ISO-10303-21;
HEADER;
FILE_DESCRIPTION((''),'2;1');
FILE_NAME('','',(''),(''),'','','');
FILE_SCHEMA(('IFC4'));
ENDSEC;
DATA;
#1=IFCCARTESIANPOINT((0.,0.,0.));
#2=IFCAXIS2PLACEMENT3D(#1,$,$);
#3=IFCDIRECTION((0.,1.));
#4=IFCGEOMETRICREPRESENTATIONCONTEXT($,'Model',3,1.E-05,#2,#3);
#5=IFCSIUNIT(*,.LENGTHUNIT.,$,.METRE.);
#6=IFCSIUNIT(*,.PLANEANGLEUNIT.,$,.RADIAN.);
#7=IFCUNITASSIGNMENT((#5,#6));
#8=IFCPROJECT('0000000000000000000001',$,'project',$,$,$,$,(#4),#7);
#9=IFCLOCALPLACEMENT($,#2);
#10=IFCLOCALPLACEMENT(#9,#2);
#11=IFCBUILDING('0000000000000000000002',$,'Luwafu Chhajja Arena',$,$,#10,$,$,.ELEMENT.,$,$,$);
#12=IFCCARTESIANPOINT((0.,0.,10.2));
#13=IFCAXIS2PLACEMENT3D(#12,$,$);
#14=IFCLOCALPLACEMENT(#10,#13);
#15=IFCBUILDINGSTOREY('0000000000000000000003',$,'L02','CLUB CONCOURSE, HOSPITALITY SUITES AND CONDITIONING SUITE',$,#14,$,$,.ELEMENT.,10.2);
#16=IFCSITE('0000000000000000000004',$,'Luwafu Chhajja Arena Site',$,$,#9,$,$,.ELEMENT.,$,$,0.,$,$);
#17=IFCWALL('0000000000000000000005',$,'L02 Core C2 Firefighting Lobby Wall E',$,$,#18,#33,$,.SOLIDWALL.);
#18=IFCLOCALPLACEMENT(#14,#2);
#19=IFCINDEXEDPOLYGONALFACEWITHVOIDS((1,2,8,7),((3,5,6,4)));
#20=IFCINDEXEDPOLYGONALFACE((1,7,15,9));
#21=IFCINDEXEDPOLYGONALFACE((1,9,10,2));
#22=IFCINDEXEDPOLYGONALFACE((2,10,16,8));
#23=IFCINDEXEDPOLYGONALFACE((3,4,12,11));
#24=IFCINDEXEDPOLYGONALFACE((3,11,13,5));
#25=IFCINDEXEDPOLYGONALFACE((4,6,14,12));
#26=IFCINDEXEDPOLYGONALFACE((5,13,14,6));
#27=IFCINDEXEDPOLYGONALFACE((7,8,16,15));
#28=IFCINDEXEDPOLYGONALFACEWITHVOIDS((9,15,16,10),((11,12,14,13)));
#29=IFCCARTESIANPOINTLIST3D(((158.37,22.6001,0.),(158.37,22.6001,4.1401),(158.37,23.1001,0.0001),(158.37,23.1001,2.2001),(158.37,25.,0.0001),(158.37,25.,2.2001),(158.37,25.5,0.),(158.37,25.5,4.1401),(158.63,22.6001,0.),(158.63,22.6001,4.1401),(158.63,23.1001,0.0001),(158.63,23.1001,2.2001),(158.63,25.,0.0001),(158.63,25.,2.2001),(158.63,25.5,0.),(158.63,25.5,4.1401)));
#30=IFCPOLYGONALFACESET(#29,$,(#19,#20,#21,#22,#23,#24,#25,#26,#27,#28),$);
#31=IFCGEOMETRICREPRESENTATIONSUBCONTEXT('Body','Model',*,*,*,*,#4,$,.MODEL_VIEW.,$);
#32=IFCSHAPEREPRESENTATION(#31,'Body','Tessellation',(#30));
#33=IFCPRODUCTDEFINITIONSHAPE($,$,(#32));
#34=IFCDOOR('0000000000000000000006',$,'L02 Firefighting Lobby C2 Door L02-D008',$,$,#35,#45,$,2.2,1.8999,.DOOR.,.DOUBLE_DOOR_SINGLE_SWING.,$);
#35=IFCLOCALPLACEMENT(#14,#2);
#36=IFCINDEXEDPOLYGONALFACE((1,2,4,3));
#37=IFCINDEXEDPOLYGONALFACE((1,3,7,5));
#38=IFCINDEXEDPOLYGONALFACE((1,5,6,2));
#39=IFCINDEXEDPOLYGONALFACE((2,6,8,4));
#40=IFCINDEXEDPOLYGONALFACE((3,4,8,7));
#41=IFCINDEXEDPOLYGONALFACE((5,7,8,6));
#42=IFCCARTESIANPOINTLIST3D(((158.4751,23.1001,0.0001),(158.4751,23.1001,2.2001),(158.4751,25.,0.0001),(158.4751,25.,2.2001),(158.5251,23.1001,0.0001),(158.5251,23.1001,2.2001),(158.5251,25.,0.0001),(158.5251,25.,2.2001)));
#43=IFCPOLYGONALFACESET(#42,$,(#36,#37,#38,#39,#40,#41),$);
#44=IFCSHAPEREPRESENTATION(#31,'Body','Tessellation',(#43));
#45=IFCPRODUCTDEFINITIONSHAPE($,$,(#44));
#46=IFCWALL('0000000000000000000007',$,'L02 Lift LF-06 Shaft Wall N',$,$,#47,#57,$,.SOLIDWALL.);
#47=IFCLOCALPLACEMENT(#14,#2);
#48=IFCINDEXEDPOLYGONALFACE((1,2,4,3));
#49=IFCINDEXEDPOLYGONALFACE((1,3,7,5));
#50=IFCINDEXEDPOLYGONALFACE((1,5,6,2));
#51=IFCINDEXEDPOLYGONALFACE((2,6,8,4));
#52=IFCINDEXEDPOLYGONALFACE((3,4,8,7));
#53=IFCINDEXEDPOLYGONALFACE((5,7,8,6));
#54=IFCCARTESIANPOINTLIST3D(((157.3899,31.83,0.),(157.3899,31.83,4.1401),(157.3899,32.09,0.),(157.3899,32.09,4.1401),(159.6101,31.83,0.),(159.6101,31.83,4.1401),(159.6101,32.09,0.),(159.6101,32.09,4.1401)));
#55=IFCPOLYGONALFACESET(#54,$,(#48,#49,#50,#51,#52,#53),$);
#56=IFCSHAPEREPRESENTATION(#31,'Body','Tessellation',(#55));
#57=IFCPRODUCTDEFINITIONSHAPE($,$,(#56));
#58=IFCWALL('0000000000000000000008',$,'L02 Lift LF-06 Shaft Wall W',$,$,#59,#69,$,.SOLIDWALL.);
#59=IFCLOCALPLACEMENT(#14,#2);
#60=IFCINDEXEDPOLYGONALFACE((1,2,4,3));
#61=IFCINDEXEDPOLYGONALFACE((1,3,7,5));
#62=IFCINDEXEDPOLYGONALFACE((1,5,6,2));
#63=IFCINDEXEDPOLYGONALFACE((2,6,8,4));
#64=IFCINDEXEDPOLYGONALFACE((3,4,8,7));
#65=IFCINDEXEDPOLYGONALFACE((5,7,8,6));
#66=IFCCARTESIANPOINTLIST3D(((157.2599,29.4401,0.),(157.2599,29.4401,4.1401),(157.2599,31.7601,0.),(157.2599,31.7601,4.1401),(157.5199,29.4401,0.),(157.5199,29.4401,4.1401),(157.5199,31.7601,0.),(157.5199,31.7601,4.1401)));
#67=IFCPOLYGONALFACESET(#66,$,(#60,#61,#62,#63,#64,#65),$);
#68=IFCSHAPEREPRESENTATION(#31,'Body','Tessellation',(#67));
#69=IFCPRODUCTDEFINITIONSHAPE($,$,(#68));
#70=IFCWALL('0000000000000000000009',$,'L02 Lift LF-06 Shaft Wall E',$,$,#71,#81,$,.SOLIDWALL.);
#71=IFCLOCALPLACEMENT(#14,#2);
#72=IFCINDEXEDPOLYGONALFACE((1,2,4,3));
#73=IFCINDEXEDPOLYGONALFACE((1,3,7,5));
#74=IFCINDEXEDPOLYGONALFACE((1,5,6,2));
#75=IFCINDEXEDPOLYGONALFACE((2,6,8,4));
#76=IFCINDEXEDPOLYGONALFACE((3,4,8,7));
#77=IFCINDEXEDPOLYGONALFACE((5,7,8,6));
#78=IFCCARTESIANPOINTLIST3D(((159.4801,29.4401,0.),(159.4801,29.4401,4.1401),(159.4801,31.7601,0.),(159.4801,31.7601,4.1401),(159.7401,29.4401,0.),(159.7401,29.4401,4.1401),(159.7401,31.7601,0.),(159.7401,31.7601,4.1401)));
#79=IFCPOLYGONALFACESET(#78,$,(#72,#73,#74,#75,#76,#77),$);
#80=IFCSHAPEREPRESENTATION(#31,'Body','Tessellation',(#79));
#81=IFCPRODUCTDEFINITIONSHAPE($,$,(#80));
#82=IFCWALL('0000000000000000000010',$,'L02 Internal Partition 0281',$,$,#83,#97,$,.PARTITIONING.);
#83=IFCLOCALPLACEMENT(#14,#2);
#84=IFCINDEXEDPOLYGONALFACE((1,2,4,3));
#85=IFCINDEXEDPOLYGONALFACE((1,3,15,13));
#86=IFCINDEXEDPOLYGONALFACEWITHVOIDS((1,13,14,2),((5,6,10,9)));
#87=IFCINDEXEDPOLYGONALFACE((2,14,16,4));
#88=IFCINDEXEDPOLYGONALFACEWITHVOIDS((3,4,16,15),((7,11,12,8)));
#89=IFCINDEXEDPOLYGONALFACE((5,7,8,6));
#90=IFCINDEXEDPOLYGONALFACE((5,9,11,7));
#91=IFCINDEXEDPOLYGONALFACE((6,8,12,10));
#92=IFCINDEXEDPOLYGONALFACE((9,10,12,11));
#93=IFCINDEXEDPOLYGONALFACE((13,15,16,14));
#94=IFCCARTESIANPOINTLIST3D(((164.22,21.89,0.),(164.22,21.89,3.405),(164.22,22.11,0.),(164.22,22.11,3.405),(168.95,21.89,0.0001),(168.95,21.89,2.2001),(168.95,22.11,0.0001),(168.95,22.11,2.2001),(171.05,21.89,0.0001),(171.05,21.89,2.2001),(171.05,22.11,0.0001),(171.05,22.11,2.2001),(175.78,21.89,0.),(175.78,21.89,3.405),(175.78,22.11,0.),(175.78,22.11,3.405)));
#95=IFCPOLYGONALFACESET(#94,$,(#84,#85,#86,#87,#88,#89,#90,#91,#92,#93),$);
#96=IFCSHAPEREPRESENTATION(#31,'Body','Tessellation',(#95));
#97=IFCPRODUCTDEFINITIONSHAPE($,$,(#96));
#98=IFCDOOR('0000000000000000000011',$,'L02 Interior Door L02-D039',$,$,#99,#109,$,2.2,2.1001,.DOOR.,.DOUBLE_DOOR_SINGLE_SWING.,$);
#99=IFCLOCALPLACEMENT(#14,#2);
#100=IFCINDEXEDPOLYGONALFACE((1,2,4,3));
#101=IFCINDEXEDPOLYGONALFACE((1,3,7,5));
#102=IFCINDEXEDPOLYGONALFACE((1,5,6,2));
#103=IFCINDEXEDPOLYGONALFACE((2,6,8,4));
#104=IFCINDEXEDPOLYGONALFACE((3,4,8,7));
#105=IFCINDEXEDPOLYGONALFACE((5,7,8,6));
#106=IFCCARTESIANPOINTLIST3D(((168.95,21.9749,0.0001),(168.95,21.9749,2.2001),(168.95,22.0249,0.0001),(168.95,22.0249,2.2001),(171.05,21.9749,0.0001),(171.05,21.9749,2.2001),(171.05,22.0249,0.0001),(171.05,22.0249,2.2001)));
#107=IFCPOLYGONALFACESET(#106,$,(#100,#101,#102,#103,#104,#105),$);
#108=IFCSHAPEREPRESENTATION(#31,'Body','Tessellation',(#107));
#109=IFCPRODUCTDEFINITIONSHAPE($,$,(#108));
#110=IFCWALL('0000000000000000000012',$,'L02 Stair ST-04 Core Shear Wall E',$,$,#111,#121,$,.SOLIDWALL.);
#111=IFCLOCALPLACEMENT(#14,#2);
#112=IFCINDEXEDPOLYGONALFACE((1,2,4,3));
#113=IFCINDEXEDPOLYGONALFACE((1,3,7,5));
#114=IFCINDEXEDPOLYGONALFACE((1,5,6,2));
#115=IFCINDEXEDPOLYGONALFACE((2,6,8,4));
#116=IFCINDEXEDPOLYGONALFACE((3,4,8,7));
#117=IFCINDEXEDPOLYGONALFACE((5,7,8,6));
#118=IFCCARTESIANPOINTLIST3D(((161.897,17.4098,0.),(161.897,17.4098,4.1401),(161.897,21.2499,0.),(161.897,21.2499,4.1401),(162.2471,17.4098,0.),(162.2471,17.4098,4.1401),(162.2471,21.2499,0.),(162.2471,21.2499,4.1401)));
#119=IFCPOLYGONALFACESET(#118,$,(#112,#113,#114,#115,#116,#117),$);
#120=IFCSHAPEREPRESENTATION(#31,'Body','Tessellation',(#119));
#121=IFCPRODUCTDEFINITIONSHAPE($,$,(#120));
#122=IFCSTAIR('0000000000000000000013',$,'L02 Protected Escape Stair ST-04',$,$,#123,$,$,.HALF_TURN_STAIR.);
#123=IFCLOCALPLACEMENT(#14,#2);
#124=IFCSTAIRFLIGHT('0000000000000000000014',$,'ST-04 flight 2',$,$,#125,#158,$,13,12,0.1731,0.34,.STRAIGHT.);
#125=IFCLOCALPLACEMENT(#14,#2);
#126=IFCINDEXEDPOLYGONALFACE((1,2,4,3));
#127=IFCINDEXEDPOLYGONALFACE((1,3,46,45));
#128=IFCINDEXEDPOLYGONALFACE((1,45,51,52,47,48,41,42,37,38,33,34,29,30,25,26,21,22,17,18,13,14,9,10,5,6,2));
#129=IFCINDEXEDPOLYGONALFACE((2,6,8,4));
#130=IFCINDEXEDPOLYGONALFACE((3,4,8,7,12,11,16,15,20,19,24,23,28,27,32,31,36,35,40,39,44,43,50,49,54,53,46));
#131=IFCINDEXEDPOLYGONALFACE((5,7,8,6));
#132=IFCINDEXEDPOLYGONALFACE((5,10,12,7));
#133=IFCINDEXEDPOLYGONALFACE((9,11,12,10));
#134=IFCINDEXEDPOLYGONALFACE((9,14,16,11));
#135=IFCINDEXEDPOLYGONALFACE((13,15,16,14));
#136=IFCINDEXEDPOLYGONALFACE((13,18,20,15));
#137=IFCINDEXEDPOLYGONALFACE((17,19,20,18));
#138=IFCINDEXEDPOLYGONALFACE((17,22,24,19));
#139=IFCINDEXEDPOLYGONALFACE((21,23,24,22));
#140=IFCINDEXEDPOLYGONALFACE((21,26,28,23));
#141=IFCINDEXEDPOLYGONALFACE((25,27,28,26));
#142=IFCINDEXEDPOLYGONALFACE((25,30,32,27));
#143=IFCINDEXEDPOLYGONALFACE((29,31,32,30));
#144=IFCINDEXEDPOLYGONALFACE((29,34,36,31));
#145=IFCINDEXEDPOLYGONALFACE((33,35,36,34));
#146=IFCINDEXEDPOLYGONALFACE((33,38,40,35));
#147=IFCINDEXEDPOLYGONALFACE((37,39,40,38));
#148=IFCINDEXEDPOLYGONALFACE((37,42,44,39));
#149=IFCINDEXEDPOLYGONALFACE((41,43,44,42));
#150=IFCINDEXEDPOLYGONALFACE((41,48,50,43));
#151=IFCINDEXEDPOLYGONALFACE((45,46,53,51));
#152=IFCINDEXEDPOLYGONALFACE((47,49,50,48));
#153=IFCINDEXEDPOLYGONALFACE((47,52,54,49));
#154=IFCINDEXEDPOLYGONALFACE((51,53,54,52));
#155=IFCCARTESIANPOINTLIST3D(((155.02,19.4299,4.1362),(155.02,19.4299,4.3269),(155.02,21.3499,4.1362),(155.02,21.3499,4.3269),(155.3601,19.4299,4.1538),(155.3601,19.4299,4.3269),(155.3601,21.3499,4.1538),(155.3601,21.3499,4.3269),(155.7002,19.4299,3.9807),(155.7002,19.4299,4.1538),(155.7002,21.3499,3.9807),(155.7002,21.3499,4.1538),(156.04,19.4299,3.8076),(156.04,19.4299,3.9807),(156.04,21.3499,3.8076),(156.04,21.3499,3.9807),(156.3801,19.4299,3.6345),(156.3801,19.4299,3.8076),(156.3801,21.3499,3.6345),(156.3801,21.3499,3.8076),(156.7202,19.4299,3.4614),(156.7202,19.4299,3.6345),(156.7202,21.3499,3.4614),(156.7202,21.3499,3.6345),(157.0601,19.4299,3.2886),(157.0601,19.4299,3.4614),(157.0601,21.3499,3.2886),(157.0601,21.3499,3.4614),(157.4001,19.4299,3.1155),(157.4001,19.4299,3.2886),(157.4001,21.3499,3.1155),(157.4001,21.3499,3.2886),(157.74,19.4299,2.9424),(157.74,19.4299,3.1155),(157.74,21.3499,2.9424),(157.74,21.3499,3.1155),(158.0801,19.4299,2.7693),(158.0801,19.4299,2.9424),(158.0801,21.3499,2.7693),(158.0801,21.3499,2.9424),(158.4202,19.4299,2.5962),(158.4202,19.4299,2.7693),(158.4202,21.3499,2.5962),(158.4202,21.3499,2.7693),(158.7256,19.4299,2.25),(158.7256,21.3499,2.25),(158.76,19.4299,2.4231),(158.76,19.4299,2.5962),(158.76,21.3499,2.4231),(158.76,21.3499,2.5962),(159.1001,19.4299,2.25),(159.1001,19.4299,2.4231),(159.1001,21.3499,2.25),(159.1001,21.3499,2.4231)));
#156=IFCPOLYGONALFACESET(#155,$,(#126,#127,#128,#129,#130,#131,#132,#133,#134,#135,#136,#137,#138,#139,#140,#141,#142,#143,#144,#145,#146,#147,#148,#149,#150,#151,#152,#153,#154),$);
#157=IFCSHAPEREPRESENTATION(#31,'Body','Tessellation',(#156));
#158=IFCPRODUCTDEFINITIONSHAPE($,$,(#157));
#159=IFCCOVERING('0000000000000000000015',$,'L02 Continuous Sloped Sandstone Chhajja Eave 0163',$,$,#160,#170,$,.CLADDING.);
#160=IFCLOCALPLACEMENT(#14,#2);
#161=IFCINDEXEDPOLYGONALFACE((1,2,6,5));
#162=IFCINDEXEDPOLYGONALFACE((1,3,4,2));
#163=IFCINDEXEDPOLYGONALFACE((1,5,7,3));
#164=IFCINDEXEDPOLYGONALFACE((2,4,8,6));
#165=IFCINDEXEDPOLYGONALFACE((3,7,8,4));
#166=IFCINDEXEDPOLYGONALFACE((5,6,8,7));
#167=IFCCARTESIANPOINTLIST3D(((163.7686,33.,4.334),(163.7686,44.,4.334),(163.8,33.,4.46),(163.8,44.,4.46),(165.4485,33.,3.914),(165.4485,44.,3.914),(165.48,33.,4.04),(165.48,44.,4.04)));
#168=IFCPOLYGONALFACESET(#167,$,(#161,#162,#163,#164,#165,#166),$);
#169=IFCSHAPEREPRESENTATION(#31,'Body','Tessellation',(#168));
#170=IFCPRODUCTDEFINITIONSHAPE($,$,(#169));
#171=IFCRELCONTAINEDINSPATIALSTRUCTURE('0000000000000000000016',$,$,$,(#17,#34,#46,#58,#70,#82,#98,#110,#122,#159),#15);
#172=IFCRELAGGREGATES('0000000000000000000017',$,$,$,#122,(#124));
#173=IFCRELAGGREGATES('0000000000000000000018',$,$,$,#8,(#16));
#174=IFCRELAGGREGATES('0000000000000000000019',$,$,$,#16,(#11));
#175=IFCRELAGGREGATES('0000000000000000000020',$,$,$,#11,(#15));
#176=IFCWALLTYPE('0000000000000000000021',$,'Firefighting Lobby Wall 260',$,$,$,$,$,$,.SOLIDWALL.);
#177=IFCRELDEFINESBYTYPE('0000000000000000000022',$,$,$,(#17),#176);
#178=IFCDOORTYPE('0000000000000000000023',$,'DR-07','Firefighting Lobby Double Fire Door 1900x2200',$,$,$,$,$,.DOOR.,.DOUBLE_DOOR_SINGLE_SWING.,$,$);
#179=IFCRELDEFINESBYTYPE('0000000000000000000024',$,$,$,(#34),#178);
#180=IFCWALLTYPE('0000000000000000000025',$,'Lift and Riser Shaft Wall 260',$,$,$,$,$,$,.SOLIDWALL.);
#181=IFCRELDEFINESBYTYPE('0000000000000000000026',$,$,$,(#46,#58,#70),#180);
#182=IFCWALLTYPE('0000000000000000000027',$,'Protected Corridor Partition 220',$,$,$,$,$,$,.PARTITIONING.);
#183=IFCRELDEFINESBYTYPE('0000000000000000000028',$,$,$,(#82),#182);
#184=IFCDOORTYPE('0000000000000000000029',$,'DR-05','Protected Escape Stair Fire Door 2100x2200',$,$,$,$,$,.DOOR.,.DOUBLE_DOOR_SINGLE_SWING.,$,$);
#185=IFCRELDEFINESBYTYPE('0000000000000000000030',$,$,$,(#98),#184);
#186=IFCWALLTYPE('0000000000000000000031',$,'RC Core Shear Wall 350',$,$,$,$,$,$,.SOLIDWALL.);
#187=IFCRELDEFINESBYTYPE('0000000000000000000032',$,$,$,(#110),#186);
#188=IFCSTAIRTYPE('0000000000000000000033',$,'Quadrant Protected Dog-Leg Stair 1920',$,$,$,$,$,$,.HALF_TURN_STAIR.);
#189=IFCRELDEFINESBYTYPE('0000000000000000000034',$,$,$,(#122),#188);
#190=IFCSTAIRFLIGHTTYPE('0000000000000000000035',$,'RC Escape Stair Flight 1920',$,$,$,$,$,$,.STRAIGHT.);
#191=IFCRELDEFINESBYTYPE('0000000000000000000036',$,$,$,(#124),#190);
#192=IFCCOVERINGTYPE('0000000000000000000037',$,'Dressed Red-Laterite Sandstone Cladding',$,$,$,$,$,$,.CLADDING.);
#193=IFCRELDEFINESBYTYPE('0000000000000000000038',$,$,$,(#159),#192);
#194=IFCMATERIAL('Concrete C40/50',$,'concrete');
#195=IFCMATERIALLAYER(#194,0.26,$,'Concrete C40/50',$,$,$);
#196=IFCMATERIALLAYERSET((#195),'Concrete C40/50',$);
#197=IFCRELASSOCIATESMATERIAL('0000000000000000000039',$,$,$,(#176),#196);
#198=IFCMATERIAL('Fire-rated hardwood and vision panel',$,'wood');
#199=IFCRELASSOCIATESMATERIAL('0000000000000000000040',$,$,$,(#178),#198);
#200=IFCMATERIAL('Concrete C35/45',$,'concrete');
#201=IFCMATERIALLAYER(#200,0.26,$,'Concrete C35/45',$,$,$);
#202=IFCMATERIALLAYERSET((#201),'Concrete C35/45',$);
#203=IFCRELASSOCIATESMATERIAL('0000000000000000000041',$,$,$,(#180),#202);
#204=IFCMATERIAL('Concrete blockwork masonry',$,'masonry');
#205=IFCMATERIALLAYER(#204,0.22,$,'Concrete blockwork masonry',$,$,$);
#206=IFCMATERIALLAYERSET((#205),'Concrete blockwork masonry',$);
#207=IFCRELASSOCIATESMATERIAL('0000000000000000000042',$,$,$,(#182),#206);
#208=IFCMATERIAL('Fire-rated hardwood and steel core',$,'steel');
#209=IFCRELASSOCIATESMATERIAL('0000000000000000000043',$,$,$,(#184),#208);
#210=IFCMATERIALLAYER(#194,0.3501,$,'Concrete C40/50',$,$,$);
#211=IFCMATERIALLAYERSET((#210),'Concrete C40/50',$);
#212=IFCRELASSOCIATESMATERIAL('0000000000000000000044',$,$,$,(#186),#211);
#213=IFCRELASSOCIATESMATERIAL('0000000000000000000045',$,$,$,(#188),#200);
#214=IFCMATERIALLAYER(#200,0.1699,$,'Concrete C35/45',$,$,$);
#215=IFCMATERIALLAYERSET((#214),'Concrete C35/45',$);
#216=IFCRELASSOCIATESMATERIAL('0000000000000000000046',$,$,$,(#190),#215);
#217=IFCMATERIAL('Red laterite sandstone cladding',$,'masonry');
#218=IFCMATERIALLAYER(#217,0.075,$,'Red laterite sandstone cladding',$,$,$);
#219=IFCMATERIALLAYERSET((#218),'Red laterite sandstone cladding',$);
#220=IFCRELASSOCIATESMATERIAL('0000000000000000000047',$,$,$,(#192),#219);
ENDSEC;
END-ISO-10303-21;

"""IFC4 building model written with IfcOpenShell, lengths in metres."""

from ifc_helpers import new_model, si_unit, direction, frame, frame_2d, origin, place, context, subcontext, project, spatial, polyline, rectangle, outline, extrude, material, layer, layer_set, type_object, element, fill, aggregate, save


model = new_model("IFC4")

# Units and contexts
model_context = context("Model", 3, precision=1e-05, world=origin(), true_north=direction((0.0, 1.0)))
body_context = subcontext(model_context, "Body", "Model", "MODEL_VIEW")
ifc_project = project(units=[si_unit("LENGTHUNIT", "METRE"), si_unit("PLANEANGLEUNIT", "RADIAN")], contexts=[model_context])

# Site, building, storey
site_placement = place(None, origin())
site = spatial("IfcSite", under=ifc_project, at=site_placement, Name="Luwafu Chhajja Arena Site", CompositionType="ELEMENT", RefElevation=0.0)
building_placement = place(site_placement, origin())
building = spatial("IfcBuilding", under=site, at=building_placement, Name="Luwafu Chhajja Arena", CompositionType="ELEMENT")
storey_placement = place(building_placement, frame((0.0, 0.0, 10.2)))
storey = spatial("IfcBuildingStorey", under=building, at=storey_placement, Name="L02", Description="CLUB CONCOURSE, HOSPITALITY SUITES AND CONDITIONING SUITE", CompositionType="ELEMENT", Elevation=10.2)

# Shared definitions
ifc_material_1 = material(Name="Concrete C35/45", Category="concrete")
ifc_material_2 = material(Name="Concrete C40/50", Category="concrete")

# Wall, opening, door
ifc_layer_1 = layer(ifc_material_2, 0.26, Name="Concrete C40/50")
ifc_layer_set_1 = layer_set([ifc_layer_1], Name="Concrete C40/50")
wall_type_1 = type_object("IfcWallType", Name="Firefighting Lobby Wall 260", PredefinedType="SOLIDWALL", material=ifc_layer_set_1)
wall_1_placement = place(storey_placement, frame((158.5, 22.6001, 0.0), z_axis=(0.0, 0.0, 1.0), x_axis=(0.0, 1.0, 0.0)))
wall_1 = element("IfcWall", 1, at=wall_1_placement, inside=storey, type_object=wall_type_1, Name="L02 Core C2 Firefighting Lobby Wall E", PredefinedType="SOLIDWALL", context=body_context, shape_type="SweptSolid", body=[
    extrude(rectangle(XDim=2.8999, YDim=0.26, at=frame_2d((1.45, 0.0))), origin(), (0.0, 0.0, 1.0), 4.1401),
])
opening_1_placement = place(wall_1_placement, frame((0.5, 0.0, 0.0)))
opening_1 = element("IfcOpeningElement", 2, at=opening_1_placement, cuts=wall_1, PredefinedType="OPENING", context=body_context, shape_type="SweptSolid", body=[
    extrude(rectangle(XDim=1.8999, YDim=2.2, at=frame_2d((0.95, 1.1001))), frame((0.0, 0.1399, 0.0), z_axis=(0.0, -1.0, 0.0), x_axis=(1.0, 0.0, 0.0)), (0.0, 0.0, 1.0), 0.28),
])
ifc_material_3 = material(Name="Fire-rated hardwood and vision panel", Category="wood")
door_type_1 = type_object("IfcDoorType", Name="DR-07", Description="Firefighting Lobby Double Fire Door 1900x2200", OperationType="DOUBLE_DOOR_SINGLE_SWING", PredefinedType="DOOR", material=ifc_material_3)
door_1_placement = place(opening_1_placement, origin())
door_1 = element("IfcDoor", 3, at=door_1_placement, inside=storey, type_object=door_type_1, Name="L02 Firefighting Lobby C2 Door L02-D008", OperationType="DOUBLE_DOOR_SINGLE_SWING", OverallHeight=2.2, OverallWidth=1.8999, PredefinedType="DOOR", context=body_context, shape_type="SweptSolid", body=[
    extrude(rectangle(XDim=1.8999, YDim=2.2, at=frame_2d((0.95, 1.1001))), frame((0.0, 0.0249, 0.0), z_axis=(0.0, -1.0, 0.0), x_axis=(1.0, 0.0, 0.0)), (0.0, 0.0, 1.0), 0.05),
])
fill(opening_1, door_1)

# Walls
ifc_layer_2 = layer(ifc_material_1, 0.26, Name="Concrete C35/45")
ifc_layer_set_2 = layer_set([ifc_layer_2], Name="Concrete C35/45")
wall_type_2 = type_object("IfcWallType", Name="Lift and Riser Shaft Wall 260", PredefinedType="SOLIDWALL", material=ifc_layer_set_2)
wall_2_placement = place(storey_placement, frame((157.3899, 31.96, 0.0), z_axis=(0.0, 0.0, 1.0), x_axis=(1.0, 0.0, 0.0)))
element("IfcWall", 4, at=wall_2_placement, inside=storey, type_object=wall_type_2, Name="L02 Lift LF-06 Shaft Wall N", PredefinedType="SOLIDWALL", context=body_context, shape_type="SweptSolid", body=[
    extrude(rectangle(XDim=2.2202, YDim=0.26, at=frame_2d((1.1101, 0.0))), origin(), (0.0, 0.0, 1.0), 4.1401),
])
for number, where, z_axis, x_axis, name in (
    (5, (157.3899, 29.4399, 0.0), (0.0, 0.0, 1.0), (0.0, 1.0, 0.0), "L02 Lift LF-06 Shaft Wall W"),
    (6, (159.6101, 29.4399, 0.0), (0.0, 0.0, 1.0), (0.0, 1.0, 0.0), "L02 Lift LF-06 Shaft Wall E"),
):
    element("IfcWall", number, at=place(storey_placement, frame(where, z_axis=z_axis, x_axis=x_axis)), inside=storey, type_object=wall_type_2, Name=name, PredefinedType="SOLIDWALL", context=body_context, shape_type="SweptSolid", body=[
        extrude(rectangle(XDim=2.3201, YDim=0.26, at=frame_2d((1.1602, 0.0))), origin(), (0.0, 0.0, 1.0), 4.1401),
    ])

# Wall, opening, door
ifc_material_4 = material(Name="Concrete blockwork masonry", Category="masonry")
ifc_layer_3 = layer(ifc_material_4, 0.22, Name="Concrete blockwork masonry")
ifc_layer_set_3 = layer_set([ifc_layer_3], Name="Concrete blockwork masonry")
wall_type_3 = type_object("IfcWallType", Name="Protected Corridor Partition 220", PredefinedType="PARTITIONING", material=ifc_layer_set_3)
wall_3_placement = place(storey_placement, frame((164.22, 22.0, 0.0), z_axis=(0.0, 0.0, 1.0), x_axis=(1.0, 0.0, 0.0)))
wall_3 = element("IfcWall", 7, at=wall_3_placement, inside=storey, type_object=wall_type_3, Name="L02 Internal Partition 0281", PredefinedType="PARTITIONING", context=body_context, shape_type="SweptSolid", body=[
    extrude(rectangle(XDim=11.5601, YDim=0.22, at=frame_2d((5.78, 0.0))), origin(), (0.0, 0.0, 1.0), 3.405),
])
opening_2_placement = place(wall_3_placement, frame((4.73, 0.0, 0.0)))
opening_2 = element("IfcOpeningElement", 8, at=opening_2_placement, cuts=wall_3, PredefinedType="OPENING", context=body_context, shape_type="SweptSolid", body=[
    extrude(rectangle(XDim=2.1001, YDim=2.2, at=frame_2d((1.05, 1.1001))), frame((0.0, 0.1199, 0.0), z_axis=(0.0, -1.0, 0.0), x_axis=(1.0, 0.0, 0.0)), (0.0, 0.0, 1.0), 0.24),
])
ifc_material_5 = material(Name="Fire-rated hardwood and steel core", Category="steel")
door_type_2 = type_object("IfcDoorType", Name="DR-05", Description="Protected Escape Stair Fire Door 2100x2200", OperationType="DOUBLE_DOOR_SINGLE_SWING", PredefinedType="DOOR", material=ifc_material_5)
door_2_placement = place(opening_2_placement, origin())
door_2 = element("IfcDoor", 9, at=door_2_placement, inside=storey, type_object=door_type_2, Name="L02 Interior Door L02-D039", OperationType="DOUBLE_DOOR_SINGLE_SWING", OverallHeight=2.2, OverallWidth=2.1001, PredefinedType="DOOR", context=body_context, shape_type="SweptSolid", body=[
    extrude(rectangle(XDim=2.1001, YDim=2.2, at=frame_2d((1.05, 1.1001))), frame((0.0, 0.0249, 0.0), z_axis=(0.0, -1.0, 0.0), x_axis=(1.0, 0.0, 0.0)), (0.0, 0.0, 1.0), 0.05),
])
fill(opening_2, door_2)

# Wall
ifc_layer_4 = layer(ifc_material_2, 0.3501, Name="Concrete C40/50")
ifc_layer_set_4 = layer_set([ifc_layer_4], Name="Concrete C40/50")
wall_type_4 = type_object("IfcWallType", Name="RC Core Shear Wall 350", PredefinedType="SOLIDWALL", material=ifc_layer_set_4)
wall_4_placement = place(storey_placement, frame((162.072, 17.4099, 0.0), z_axis=(0.0, 0.0, 1.0), x_axis=(0.0, 1.0, 0.0)))
element("IfcWall", 10, at=wall_4_placement, inside=storey, type_object=wall_type_4, Name="L02 Stair ST-04 Core Shear Wall E", PredefinedType="SOLIDWALL", context=body_context, shape_type="SweptSolid", body=[
    extrude(rectangle(XDim=3.8401, YDim=0.3501, at=frame_2d((1.9199, 0.0))), origin(), (0.0, 0.0, 1.0), 4.1401),
])

# Stair, stair flight
stair_type = type_object("IfcStairType", Name="Quadrant Protected Dog-Leg Stair 1920", PredefinedType="HALF_TURN_STAIR", material=ifc_material_1)
stair_placement = place(storey_placement, origin())
stair = element("IfcStair", 11, at=stair_placement, inside=storey, type_object=stair_type, Name="L02 Protected Escape Stair ST-04", PredefinedType="HALF_TURN_STAIR")
ifc_layer_5 = layer(ifc_material_1, 0.1699, Name="Concrete C35/45")
ifc_layer_set_5 = layer_set([ifc_layer_5], Name="Concrete C35/45")
stair_flight_type = type_object("IfcStairFlightType", Name="RC Escape Stair Flight 1920", PredefinedType="STRAIGHT", material=ifc_layer_set_5)
stair_flight_placement = place(storey_placement, frame((159.1001, 20.3899, 2.25), z_axis=(0.0, 0.0, 1.0), x_axis=(-1.0, 0.0, 0.0)))
stair_flight = element("IfcStairFlight", 12, at=stair_flight_placement, type_object=stair_flight_type, Name="ST-04 flight 2", NumberOfRisers=13, NumberOfTreads=12, PredefinedType="STRAIGHT", RiserHeight=0.1731, TreadLength=0.34, context=body_context, shape_type="SweptSolid", body=[
    extrude(outline(polyline([(0.0, 0.0), (0.0, 0.1731), (0.3401, 0.1731), (0.3401, 0.3462), (0.6799, 0.3462), (0.6799, 0.5193), (1.02, 0.5193), (1.02, 0.6924), (1.3601, 0.6924), (1.3601, 0.8655), (1.7, 0.8655), (1.7, 1.0386), (2.04, 1.0386), (2.04, 1.2114), (2.3799, 1.2114), (2.3799, 1.3845), (2.72, 1.3845), (2.72, 1.5576), (3.0601, 1.5576), (3.0601, 1.7307), (3.3999, 1.7307), (3.3999, 1.9038), (3.74, 1.9038), (3.74, 2.0769), (4.0801, 2.0769), (4.0801, 2.25), (4.0801, 1.8862), (0.3745, 0.0), (0.0, 0.0)])), frame((0.0, 0.96, 0.0), z_axis=(0.0, -1.0, 0.0), x_axis=(1.0, 0.0, 0.0)), (0.0, 0.0, 1.0), 1.9199),
])
aggregate(stair, [stair_flight])

# Covering
ifc_material_6 = material(Name="Red laterite sandstone cladding", Category="masonry")
ifc_layer_6 = layer(ifc_material_6, 0.075, Name="Red laterite sandstone cladding")
ifc_layer_set_6 = layer_set([ifc_layer_6], Name="Red laterite sandstone cladding")
covering_type = type_object("IfcCoveringType", Name="Dressed Red-Laterite Sandstone Cladding", PredefinedType="CLADDING", material=ifc_layer_set_6)
covering_1_placement = place(storey_placement, frame((163.8, 33.0, 4.46), z_axis=(0.242502, 0.0, 0.970151), x_axis=(0.0, 1.0, 0.0)))
element("IfcCovering", 13, at=covering_1_placement, inside=storey, type_object=covering_type, Name="L02 Continuous Sloped Sandstone Chhajja Eave 0163", PredefinedType="CLADDING", context=body_context, shape_type="SweptSolid", body=[
    extrude(outline(polyline([(0.0, 0.0), (11.0, 0.0), (11.0, -1.7316), (0.0, -1.7316), (0.0, 0.0)])), origin(), (0.0, 0.0, -1.0), 0.1299),
])

save(model, "model.ifc")
